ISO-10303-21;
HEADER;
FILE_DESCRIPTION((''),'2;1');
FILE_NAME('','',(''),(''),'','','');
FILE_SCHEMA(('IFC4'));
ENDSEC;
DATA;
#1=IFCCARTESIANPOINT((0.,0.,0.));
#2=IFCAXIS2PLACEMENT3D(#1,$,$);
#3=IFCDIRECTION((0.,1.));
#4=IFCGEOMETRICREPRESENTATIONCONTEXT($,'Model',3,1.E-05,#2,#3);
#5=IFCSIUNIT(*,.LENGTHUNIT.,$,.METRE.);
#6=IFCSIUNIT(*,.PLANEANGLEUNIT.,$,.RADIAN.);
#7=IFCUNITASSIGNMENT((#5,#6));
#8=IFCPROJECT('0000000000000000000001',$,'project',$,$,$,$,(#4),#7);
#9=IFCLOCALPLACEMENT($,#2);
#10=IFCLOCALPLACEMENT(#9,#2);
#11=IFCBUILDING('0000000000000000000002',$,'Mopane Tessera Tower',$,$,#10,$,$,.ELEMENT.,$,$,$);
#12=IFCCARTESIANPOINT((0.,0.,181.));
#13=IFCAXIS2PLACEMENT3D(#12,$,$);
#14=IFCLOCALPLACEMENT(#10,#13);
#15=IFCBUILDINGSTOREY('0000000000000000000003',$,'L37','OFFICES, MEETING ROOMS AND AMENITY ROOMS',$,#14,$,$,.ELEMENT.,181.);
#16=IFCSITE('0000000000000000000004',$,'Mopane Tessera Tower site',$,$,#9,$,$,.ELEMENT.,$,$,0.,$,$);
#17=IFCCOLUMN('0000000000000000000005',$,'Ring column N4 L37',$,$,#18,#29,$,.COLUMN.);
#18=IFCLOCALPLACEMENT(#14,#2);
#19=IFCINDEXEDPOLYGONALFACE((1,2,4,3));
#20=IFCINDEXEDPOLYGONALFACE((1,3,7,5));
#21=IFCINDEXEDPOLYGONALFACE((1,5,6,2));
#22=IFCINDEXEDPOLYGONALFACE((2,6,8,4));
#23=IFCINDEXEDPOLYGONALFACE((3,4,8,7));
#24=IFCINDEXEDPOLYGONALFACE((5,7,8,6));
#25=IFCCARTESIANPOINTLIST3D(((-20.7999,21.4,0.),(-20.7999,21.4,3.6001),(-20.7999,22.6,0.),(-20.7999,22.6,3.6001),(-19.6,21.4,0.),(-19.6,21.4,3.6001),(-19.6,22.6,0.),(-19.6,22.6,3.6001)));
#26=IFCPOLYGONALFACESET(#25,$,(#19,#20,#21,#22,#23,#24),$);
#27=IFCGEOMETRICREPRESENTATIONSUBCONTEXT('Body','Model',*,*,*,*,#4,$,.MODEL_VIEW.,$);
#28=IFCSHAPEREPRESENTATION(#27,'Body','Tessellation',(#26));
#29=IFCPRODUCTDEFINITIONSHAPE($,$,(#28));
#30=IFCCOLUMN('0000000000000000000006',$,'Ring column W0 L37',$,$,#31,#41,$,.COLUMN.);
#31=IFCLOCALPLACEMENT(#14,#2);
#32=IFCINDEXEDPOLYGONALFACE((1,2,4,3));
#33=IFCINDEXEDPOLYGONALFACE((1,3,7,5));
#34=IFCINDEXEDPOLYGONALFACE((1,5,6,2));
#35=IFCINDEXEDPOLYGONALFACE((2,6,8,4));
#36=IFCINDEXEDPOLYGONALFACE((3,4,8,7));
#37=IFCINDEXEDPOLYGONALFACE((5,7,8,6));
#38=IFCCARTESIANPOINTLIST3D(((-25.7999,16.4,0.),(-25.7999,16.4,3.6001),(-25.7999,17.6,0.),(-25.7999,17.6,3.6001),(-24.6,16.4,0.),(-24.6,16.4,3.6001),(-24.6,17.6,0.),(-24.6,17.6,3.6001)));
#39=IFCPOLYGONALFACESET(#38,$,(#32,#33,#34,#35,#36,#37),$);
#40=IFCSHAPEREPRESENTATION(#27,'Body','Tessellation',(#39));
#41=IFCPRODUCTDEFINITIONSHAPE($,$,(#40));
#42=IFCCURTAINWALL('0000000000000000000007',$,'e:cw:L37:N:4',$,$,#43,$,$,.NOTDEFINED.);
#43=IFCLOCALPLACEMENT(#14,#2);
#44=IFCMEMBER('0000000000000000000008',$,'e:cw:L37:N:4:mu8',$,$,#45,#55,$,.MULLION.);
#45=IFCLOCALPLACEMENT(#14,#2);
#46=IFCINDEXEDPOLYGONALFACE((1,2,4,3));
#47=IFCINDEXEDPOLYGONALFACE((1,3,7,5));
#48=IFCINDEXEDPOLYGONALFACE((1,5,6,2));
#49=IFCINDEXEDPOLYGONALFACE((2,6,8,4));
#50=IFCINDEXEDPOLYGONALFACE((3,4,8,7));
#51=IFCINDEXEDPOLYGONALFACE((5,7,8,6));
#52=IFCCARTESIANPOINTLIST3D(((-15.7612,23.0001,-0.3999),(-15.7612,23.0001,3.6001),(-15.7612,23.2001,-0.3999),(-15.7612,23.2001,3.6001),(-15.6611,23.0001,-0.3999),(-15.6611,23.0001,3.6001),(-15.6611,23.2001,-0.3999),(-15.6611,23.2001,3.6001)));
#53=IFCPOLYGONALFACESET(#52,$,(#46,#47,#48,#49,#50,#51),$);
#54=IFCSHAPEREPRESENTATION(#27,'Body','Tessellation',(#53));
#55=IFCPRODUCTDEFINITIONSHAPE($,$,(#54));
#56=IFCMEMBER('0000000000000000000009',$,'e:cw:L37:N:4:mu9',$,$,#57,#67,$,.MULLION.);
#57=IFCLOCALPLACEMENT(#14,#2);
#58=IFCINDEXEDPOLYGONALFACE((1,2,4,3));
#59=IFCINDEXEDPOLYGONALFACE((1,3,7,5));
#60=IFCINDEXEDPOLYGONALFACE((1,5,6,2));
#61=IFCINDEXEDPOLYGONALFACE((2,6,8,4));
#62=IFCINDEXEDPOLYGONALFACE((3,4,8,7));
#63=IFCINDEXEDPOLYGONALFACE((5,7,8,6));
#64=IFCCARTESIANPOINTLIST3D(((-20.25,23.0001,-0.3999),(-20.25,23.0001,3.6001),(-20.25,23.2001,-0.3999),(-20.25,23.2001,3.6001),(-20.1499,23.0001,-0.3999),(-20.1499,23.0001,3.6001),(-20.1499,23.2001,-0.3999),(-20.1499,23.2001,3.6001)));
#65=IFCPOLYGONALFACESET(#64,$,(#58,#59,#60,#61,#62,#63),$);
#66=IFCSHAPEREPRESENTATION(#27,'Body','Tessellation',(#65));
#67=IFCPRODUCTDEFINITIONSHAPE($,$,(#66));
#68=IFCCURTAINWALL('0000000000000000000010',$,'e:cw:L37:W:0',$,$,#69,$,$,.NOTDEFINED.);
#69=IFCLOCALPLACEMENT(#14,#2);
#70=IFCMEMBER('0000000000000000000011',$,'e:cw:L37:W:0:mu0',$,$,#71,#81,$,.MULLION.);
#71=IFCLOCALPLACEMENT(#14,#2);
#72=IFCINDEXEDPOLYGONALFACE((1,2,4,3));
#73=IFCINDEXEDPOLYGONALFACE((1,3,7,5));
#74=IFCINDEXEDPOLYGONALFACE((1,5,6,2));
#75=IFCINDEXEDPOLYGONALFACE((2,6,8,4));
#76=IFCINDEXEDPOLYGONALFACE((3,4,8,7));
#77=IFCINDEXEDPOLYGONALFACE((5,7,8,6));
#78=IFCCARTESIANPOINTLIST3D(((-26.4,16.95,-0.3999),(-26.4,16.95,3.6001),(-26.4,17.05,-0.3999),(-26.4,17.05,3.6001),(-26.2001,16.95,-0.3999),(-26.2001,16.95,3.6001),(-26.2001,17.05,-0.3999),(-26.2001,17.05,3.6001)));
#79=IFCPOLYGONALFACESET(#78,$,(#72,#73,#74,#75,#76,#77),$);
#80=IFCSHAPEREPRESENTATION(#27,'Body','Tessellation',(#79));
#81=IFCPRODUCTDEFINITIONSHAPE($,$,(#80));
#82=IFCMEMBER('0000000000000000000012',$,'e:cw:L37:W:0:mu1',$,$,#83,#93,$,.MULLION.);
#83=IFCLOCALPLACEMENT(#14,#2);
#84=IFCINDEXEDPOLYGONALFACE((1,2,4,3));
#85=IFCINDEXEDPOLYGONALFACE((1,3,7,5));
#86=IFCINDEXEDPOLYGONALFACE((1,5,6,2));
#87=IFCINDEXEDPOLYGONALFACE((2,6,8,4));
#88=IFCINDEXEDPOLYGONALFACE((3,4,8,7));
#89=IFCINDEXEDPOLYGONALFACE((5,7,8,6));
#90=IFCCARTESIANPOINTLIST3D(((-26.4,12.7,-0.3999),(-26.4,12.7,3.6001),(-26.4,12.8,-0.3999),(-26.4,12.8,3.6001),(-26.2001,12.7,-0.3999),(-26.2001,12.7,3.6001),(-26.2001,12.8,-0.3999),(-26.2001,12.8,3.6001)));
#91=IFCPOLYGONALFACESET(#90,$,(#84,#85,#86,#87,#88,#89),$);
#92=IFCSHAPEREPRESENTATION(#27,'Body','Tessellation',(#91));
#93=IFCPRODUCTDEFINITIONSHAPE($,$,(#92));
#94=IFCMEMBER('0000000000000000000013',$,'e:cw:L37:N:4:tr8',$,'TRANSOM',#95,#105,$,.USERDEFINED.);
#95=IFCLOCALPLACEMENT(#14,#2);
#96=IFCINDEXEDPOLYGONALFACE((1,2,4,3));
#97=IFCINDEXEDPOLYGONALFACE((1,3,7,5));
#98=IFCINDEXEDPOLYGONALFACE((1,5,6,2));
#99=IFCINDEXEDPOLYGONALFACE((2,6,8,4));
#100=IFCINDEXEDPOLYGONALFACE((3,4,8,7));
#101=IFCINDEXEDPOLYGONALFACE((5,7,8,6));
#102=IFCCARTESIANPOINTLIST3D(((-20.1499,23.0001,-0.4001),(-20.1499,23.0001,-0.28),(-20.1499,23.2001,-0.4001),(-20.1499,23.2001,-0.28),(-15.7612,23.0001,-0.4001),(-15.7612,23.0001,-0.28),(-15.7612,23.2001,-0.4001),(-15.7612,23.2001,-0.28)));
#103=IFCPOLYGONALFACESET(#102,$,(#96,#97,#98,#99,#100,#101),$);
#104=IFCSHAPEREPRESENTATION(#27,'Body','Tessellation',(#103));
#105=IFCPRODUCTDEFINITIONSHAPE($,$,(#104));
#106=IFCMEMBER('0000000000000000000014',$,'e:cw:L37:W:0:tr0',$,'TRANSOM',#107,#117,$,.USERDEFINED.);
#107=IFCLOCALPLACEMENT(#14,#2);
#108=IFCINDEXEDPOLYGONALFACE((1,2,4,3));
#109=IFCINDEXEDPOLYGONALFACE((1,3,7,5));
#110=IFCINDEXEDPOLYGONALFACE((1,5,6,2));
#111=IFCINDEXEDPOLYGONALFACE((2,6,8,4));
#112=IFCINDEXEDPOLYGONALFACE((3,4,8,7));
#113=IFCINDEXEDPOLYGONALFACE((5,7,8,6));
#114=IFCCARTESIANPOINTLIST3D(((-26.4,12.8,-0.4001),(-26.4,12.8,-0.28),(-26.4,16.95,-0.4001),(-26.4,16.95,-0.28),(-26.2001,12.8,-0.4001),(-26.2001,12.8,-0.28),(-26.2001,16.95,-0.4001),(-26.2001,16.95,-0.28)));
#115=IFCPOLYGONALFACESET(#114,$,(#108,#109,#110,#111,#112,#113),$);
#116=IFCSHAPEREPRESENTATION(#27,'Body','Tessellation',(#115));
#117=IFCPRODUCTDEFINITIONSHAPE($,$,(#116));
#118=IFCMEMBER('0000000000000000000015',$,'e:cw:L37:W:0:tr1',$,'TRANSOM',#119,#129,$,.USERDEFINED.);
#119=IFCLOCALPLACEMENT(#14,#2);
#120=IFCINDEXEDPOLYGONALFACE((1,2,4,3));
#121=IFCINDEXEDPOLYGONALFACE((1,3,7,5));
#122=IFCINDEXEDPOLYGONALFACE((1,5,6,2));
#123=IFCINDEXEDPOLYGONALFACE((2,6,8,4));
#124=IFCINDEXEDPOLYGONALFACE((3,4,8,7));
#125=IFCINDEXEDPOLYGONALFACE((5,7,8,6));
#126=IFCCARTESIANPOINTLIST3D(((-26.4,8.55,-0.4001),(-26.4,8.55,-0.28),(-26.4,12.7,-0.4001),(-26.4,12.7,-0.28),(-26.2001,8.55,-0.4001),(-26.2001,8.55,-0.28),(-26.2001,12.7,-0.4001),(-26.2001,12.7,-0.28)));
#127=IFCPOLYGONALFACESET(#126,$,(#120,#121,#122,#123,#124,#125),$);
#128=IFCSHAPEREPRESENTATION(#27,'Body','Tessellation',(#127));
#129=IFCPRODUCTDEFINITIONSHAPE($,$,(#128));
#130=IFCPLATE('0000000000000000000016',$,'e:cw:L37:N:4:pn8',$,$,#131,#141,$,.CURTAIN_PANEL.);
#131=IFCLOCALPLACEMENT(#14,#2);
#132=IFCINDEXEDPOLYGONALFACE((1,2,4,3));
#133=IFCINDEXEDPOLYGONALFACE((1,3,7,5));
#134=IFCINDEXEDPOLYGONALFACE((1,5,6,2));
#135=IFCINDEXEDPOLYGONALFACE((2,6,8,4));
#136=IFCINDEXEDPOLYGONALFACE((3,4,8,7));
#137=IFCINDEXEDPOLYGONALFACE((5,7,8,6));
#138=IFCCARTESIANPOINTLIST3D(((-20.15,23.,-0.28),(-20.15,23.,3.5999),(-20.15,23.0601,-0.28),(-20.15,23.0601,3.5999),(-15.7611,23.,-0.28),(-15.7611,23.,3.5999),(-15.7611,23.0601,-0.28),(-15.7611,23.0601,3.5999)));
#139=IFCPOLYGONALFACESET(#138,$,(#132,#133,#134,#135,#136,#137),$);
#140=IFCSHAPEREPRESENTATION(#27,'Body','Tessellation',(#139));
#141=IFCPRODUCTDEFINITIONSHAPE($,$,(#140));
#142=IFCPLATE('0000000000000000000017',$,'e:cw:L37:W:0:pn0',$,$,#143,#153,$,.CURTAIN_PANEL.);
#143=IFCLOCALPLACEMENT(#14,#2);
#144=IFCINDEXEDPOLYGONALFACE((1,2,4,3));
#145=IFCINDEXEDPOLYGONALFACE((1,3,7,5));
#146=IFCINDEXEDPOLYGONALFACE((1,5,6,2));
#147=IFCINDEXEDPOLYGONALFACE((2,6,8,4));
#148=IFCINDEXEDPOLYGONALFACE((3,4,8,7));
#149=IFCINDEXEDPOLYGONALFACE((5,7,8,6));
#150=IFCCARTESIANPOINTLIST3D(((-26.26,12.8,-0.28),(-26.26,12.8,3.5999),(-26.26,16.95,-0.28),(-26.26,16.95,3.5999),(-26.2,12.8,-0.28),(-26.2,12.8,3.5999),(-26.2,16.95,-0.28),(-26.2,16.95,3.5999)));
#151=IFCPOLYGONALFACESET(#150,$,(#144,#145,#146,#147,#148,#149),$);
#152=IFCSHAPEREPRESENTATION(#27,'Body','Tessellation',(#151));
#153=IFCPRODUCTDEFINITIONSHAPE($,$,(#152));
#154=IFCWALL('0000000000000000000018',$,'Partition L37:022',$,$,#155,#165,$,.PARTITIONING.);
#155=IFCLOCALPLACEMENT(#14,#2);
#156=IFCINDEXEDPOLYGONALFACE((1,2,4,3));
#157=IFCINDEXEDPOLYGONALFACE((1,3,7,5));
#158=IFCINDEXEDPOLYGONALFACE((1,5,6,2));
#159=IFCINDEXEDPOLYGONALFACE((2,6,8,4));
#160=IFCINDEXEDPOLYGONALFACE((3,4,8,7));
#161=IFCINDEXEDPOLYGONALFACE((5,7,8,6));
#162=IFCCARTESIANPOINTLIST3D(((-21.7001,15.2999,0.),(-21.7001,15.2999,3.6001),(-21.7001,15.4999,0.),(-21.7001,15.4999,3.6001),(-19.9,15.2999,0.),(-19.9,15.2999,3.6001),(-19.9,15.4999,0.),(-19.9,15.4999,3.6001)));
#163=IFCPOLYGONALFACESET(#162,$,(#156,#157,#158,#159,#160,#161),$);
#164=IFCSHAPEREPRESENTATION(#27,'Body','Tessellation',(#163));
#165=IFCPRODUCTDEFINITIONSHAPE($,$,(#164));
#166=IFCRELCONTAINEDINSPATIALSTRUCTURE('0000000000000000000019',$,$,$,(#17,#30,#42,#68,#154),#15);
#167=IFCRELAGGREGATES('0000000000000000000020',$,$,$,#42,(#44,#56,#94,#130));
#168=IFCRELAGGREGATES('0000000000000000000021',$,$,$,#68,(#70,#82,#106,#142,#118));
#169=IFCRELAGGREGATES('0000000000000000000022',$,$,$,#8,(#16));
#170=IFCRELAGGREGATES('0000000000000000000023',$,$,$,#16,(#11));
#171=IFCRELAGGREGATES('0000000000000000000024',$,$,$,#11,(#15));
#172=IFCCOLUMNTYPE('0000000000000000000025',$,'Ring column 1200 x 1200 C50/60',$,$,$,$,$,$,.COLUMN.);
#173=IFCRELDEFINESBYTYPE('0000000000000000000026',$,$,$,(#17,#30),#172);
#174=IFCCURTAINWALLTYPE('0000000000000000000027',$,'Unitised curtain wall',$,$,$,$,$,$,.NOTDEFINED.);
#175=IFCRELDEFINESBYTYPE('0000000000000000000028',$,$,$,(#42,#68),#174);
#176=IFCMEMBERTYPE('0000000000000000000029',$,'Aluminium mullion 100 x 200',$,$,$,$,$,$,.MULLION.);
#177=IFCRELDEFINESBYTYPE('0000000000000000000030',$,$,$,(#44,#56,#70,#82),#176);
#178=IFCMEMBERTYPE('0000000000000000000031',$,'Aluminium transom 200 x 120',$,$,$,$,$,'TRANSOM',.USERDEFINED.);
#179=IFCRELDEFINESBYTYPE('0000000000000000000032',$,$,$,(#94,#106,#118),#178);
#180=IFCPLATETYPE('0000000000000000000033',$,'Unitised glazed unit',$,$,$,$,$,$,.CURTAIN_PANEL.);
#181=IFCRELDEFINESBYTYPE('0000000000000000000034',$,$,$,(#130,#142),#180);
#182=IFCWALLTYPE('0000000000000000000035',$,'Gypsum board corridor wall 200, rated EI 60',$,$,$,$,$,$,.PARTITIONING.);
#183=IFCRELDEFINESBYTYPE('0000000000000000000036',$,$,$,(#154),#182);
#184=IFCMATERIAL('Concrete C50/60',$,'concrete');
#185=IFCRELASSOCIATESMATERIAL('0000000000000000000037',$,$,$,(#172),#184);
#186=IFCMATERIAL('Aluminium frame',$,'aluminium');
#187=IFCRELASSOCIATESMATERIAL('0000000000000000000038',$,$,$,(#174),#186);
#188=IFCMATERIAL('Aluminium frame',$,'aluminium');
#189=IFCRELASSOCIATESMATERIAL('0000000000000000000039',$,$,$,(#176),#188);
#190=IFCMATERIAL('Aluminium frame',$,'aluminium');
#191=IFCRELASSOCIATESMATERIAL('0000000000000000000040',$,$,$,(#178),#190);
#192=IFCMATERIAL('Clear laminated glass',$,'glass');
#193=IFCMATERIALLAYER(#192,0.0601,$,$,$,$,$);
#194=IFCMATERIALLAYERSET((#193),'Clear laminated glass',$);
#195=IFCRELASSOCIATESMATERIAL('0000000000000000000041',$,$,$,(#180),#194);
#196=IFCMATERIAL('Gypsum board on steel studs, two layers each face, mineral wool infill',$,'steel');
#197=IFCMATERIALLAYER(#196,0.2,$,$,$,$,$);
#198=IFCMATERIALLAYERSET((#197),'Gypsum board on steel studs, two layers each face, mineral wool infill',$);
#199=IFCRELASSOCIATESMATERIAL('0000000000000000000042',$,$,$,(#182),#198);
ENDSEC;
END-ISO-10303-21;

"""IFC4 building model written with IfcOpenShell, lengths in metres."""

from ifc_helpers import new_model, si_unit, direction, frame, frame_2d, origin, origin_2d, place, context, subcontext, project, spatial, rectangle, extrude, material, layer, layer_set, material_profile, profile_set, type_object, element, aggregate, save


model = new_model("IFC4")

# Units and contexts
model_context = context("Model", 3, precision=1e-05, world=origin(), true_north=direction((0.0, 1.0)))
body_context = subcontext(model_context, "Body", "Model", "MODEL_VIEW")
ifc_project = project(units=[si_unit("LENGTHUNIT", "METRE"), si_unit("PLANEANGLEUNIT", "RADIAN")], contexts=[model_context])

# Site, building, storey
site_placement = place(None, origin())
site = spatial("IfcSite", under=ifc_project, at=site_placement, Name="Mopane Tessera Tower site", CompositionType="ELEMENT", RefElevation=0.0)
building_placement = place(site_placement, origin())
building = spatial("IfcBuilding", under=site, at=building_placement, Name="Mopane Tessera Tower", CompositionType="ELEMENT")
storey_placement = place(building_placement, frame((0.0, 0.0, 181.0)))
storey = spatial("IfcBuildingStorey", under=building, at=storey_placement, Name="L37", Description="OFFICES, MEETING ROOMS AND AMENITY ROOMS", CompositionType="ELEMENT", Elevation=181.0)

# Columns
ifc_material_1 = material(Name="Concrete C50/60", Category="concrete")
ifc_material_profile_1 = material_profile(ifc_material_1, rectangle(XDim=1.2, YDim=1.2, at=origin_2d()))
ifc_profile_set_1 = profile_set([ifc_material_profile_1], Name="Concrete C50/60")
column_type = type_object("IfcColumnType", Name="Ring column 1200 x 1200 C50/60", PredefinedType="COLUMN", material=ifc_profile_set_1)
for number, where, z_axis, x_axis, name in (
    (1, (-20.2, 22.0, 0.0), (0.0, 0.0, 1.0), (1.0, 0.0, 0.0), "Ring column N4 L37"),
    (2, (-25.2, 17.0, 0.0), (0.0, 0.0, 1.0), (1.0, 0.0, 0.0), "Ring column W0 L37"),
):
    element("IfcColumn", number, at=place(storey_placement, frame(where, z_axis=z_axis, x_axis=x_axis)), inside=storey, type_object=column_type, Name=name, PredefinedType="COLUMN", context=body_context, shape_type="SweptSolid", body=[
        extrude(rectangle(XDim=1.2, YDim=1.2, at=origin_2d()), origin(), (0.0, 0.0, 1.0), 3.6001),
    ])

# Curtain walls, members
ifc_material_2 = material(Name="Aluminium frame", Category="aluminium")
curtain_wall_type = type_object("IfcCurtainWallType", Name="Unitised curtain wall", PredefinedType="NOTDEFINED", material=ifc_material_2)
curtain_wall_1_placement = place(storey_placement, origin())
curtain_wall_1 = element("IfcCurtainWall", 3, at=curtain_wall_1_placement, inside=storey, type_object=curtain_wall_type, Name="e:cw:L37:N:4", PredefinedType="NOTDEFINED")
ifc_material_3 = material(Name="Aluminium frame", Category="aluminium")
ifc_material_profile_2 = material_profile(ifc_material_3, rectangle(XDim=0.1001, YDim=0.2, at=origin_2d()))
ifc_profile_set_2 = profile_set([ifc_material_profile_2], Name="Aluminium frame")
member_type_1 = type_object("IfcMemberType", Name="Aluminium mullion 100 x 200", PredefinedType="MULLION", material=ifc_profile_set_2)
member_1_placement = place(storey_placement, frame((-15.7112, 23.1001, -0.3999), z_axis=(0.0, 0.0, 1.0), x_axis=(-1.0, 0.0, 0.0)))
member_1 = element("IfcMember", 4, at=member_1_placement, type_object=member_type_1, Name="e:cw:L37:N:4:mu8", PredefinedType="MULLION", context=body_context, shape_type="SweptSolid", body=[
    extrude(rectangle(XDim=0.1001, YDim=0.2, at=origin_2d()), origin(), (0.0, 0.0, 1.0), 4.0),
])
member_2_placement = place(storey_placement, frame((-20.2, 23.1001, -0.3999), z_axis=(0.0, 0.0, 1.0), x_axis=(-1.0, 0.0, 0.0)))
member_2 = element("IfcMember", 5, at=member_2_placement, type_object=member_type_1, Name="e:cw:L37:N:4:mu9", PredefinedType="MULLION", context=body_context, shape_type="SweptSolid", body=[
    extrude(rectangle(XDim=0.1001, YDim=0.2, at=origin_2d()), origin(), (0.0, 0.0, 1.0), 4.0),
])
curtain_wall_2_placement = place(storey_placement, origin())
curtain_wall_2 = element("IfcCurtainWall", 6, at=curtain_wall_2_placement, inside=storey, type_object=curtain_wall_type, Name="e:cw:L37:W:0", PredefinedType="NOTDEFINED")
member_3_placement = place(storey_placement, frame((-26.3, 17.0, -0.3999), z_axis=(0.0, 0.0, 1.0), x_axis=(0.0, -1.0, 0.0)))
member_3 = element("IfcMember", 7, at=member_3_placement, type_object=member_type_1, Name="e:cw:L37:W:0:mu0", PredefinedType="MULLION", context=body_context, shape_type="SweptSolid", body=[
    extrude(rectangle(XDim=0.1001, YDim=0.2, at=origin_2d()), origin(), (0.0, 0.0, 1.0), 4.0),
])
member_4_placement = place(storey_placement, frame((-26.3, 12.75, -0.3999), z_axis=(0.0, 0.0, 1.0), x_axis=(0.0, -1.0, 0.0)))
member_4 = element("IfcMember", 8, at=member_4_placement, type_object=member_type_1, Name="e:cw:L37:W:0:mu1", PredefinedType="MULLION", context=body_context, shape_type="SweptSolid", body=[
    extrude(rectangle(XDim=0.1001, YDim=0.2, at=origin_2d()), origin(), (0.0, 0.0, 1.0), 4.0),
])

# Members
ifc_material_4 = material(Name="Aluminium frame", Category="aluminium")
ifc_material_profile_3 = material_profile(ifc_material_4, rectangle(XDim=0.2, YDim=0.1201, at=origin_2d()))
ifc_profile_set_3 = profile_set([ifc_material_profile_3], Name="Aluminium frame")
member_type_2 = type_object("IfcMemberType", Name="Aluminium transom 200 x 120", ElementType="TRANSOM", PredefinedType="USERDEFINED", material=ifc_profile_set_3)
member_5_placement = place(storey_placement, frame((-15.7612, 23.1001, -0.3401), z_axis=(-1.0, 0.0, 0.0), x_axis=(0.0, -1.0, 0.0)))
member_5 = element("IfcMember", 9, at=member_5_placement, type_object=member_type_2, Name="e:cw:L37:N:4:tr8", ObjectType="TRANSOM", PredefinedType="USERDEFINED", context=body_context, shape_type="SweptSolid", body=[
    extrude(rectangle(XDim=0.2, YDim=0.1201, at=origin_2d()), origin(), (0.0, 0.0, 1.0), 4.3887),
])
member_6_placement = place(storey_placement, frame((-26.3, 16.95, -0.3401), z_axis=(0.0, -1.0, 0.0), x_axis=(1.0, 0.0, 0.0)))
member_6 = element("IfcMember", 10, at=member_6_placement, type_object=member_type_2, Name="e:cw:L37:W:0:tr0", ObjectType="TRANSOM", PredefinedType="USERDEFINED", context=body_context, shape_type="SweptSolid", body=[
    extrude(rectangle(XDim=0.2, YDim=0.1201, at=origin_2d()), origin(), (0.0, 0.0, 1.0), 4.1499),
])
member_7_placement = place(storey_placement, frame((-26.3, 12.7, -0.3401), z_axis=(0.0, -1.0, 0.0), x_axis=(1.0, 0.0, 0.0)))
member_7 = element("IfcMember", 11, at=member_7_placement, type_object=member_type_2, Name="e:cw:L37:W:0:tr1", ObjectType="TRANSOM", PredefinedType="USERDEFINED", context=body_context, shape_type="SweptSolid", body=[
    extrude(rectangle(XDim=0.2, YDim=0.1201, at=origin_2d()), origin(), (0.0, 0.0, 1.0), 4.1499),
])

# Plates
ifc_material_5 = material(Name="Clear laminated glass", Category="glass")
ifc_layer_1 = layer(ifc_material_5, 0.0601)
ifc_layer_set_1 = layer_set([ifc_layer_1], Name="Clear laminated glass")
plate_type = type_object("IfcPlateType", Name="Unitised glazed unit", PredefinedType="CURTAIN_PANEL", material=ifc_layer_set_1)
plate_1_placement = place(storey_placement, frame((-17.9556, 23.03, -0.28), z_axis=(0.0, 0.0, 1.0), x_axis=(-1.0, 0.0, 0.0)))
plate_1 = element("IfcPlate", 12, at=plate_1_placement, type_object=plate_type, Name="e:cw:L37:N:4:pn8", PredefinedType="CURTAIN_PANEL", context=body_context, shape_type="SweptSolid", body=[
    extrude(rectangle(XDim=4.3889, YDim=0.0601, at=origin_2d()), origin(), (0.0, 0.0, 1.0), 3.8799),
])
aggregate(curtain_wall_1, [member_1, member_2, member_5, plate_1])
plate_2_placement = place(storey_placement, frame((-26.23, 14.875, -0.28), z_axis=(0.0, 0.0, 1.0), x_axis=(0.0, -1.0, 0.0)))
plate_2 = element("IfcPlate", 13, at=plate_2_placement, type_object=plate_type, Name="e:cw:L37:W:0:pn0", PredefinedType="CURTAIN_PANEL", context=body_context, shape_type="SweptSolid", body=[
    extrude(rectangle(XDim=4.1499, YDim=0.0601, at=origin_2d()), origin(), (0.0, 0.0, 1.0), 3.8799),
])
aggregate(curtain_wall_2, [member_3, member_4, member_6, plate_2, member_7])

# Wall
ifc_material_6 = material(Name="Gypsum board on steel studs, two layers each face, mineral wool infill", Category="steel")
ifc_layer_2 = layer(ifc_material_6, 0.2)
ifc_layer_set_2 = layer_set([ifc_layer_2], Name="Gypsum board on steel studs, two layers each face, mineral wool infill")
wall_type_1 = type_object("IfcWallType", Name="Gypsum board corridor wall 200, rated EI 60", PredefinedType="PARTITIONING", material=ifc_layer_set_2)
wall_1_placement = place(storey_placement, frame((-21.7, 15.3999, 0.0), z_axis=(0.0, 0.0, 1.0), x_axis=(1.0, 0.0, 0.0)))
element("IfcWall", 14, at=wall_1_placement, inside=storey, type_object=wall_type_1, Name="Partition L37:022", PredefinedType="PARTITIONING", context=body_context, shape_type="SweptSolid", body=[
    extrude(rectangle(XDim=1.8, YDim=0.2, at=frame_2d((0.8999, 0.0))), origin(), (0.0, 0.0, 1.0), 3.6001),
])

save(model, "model.ifc")
